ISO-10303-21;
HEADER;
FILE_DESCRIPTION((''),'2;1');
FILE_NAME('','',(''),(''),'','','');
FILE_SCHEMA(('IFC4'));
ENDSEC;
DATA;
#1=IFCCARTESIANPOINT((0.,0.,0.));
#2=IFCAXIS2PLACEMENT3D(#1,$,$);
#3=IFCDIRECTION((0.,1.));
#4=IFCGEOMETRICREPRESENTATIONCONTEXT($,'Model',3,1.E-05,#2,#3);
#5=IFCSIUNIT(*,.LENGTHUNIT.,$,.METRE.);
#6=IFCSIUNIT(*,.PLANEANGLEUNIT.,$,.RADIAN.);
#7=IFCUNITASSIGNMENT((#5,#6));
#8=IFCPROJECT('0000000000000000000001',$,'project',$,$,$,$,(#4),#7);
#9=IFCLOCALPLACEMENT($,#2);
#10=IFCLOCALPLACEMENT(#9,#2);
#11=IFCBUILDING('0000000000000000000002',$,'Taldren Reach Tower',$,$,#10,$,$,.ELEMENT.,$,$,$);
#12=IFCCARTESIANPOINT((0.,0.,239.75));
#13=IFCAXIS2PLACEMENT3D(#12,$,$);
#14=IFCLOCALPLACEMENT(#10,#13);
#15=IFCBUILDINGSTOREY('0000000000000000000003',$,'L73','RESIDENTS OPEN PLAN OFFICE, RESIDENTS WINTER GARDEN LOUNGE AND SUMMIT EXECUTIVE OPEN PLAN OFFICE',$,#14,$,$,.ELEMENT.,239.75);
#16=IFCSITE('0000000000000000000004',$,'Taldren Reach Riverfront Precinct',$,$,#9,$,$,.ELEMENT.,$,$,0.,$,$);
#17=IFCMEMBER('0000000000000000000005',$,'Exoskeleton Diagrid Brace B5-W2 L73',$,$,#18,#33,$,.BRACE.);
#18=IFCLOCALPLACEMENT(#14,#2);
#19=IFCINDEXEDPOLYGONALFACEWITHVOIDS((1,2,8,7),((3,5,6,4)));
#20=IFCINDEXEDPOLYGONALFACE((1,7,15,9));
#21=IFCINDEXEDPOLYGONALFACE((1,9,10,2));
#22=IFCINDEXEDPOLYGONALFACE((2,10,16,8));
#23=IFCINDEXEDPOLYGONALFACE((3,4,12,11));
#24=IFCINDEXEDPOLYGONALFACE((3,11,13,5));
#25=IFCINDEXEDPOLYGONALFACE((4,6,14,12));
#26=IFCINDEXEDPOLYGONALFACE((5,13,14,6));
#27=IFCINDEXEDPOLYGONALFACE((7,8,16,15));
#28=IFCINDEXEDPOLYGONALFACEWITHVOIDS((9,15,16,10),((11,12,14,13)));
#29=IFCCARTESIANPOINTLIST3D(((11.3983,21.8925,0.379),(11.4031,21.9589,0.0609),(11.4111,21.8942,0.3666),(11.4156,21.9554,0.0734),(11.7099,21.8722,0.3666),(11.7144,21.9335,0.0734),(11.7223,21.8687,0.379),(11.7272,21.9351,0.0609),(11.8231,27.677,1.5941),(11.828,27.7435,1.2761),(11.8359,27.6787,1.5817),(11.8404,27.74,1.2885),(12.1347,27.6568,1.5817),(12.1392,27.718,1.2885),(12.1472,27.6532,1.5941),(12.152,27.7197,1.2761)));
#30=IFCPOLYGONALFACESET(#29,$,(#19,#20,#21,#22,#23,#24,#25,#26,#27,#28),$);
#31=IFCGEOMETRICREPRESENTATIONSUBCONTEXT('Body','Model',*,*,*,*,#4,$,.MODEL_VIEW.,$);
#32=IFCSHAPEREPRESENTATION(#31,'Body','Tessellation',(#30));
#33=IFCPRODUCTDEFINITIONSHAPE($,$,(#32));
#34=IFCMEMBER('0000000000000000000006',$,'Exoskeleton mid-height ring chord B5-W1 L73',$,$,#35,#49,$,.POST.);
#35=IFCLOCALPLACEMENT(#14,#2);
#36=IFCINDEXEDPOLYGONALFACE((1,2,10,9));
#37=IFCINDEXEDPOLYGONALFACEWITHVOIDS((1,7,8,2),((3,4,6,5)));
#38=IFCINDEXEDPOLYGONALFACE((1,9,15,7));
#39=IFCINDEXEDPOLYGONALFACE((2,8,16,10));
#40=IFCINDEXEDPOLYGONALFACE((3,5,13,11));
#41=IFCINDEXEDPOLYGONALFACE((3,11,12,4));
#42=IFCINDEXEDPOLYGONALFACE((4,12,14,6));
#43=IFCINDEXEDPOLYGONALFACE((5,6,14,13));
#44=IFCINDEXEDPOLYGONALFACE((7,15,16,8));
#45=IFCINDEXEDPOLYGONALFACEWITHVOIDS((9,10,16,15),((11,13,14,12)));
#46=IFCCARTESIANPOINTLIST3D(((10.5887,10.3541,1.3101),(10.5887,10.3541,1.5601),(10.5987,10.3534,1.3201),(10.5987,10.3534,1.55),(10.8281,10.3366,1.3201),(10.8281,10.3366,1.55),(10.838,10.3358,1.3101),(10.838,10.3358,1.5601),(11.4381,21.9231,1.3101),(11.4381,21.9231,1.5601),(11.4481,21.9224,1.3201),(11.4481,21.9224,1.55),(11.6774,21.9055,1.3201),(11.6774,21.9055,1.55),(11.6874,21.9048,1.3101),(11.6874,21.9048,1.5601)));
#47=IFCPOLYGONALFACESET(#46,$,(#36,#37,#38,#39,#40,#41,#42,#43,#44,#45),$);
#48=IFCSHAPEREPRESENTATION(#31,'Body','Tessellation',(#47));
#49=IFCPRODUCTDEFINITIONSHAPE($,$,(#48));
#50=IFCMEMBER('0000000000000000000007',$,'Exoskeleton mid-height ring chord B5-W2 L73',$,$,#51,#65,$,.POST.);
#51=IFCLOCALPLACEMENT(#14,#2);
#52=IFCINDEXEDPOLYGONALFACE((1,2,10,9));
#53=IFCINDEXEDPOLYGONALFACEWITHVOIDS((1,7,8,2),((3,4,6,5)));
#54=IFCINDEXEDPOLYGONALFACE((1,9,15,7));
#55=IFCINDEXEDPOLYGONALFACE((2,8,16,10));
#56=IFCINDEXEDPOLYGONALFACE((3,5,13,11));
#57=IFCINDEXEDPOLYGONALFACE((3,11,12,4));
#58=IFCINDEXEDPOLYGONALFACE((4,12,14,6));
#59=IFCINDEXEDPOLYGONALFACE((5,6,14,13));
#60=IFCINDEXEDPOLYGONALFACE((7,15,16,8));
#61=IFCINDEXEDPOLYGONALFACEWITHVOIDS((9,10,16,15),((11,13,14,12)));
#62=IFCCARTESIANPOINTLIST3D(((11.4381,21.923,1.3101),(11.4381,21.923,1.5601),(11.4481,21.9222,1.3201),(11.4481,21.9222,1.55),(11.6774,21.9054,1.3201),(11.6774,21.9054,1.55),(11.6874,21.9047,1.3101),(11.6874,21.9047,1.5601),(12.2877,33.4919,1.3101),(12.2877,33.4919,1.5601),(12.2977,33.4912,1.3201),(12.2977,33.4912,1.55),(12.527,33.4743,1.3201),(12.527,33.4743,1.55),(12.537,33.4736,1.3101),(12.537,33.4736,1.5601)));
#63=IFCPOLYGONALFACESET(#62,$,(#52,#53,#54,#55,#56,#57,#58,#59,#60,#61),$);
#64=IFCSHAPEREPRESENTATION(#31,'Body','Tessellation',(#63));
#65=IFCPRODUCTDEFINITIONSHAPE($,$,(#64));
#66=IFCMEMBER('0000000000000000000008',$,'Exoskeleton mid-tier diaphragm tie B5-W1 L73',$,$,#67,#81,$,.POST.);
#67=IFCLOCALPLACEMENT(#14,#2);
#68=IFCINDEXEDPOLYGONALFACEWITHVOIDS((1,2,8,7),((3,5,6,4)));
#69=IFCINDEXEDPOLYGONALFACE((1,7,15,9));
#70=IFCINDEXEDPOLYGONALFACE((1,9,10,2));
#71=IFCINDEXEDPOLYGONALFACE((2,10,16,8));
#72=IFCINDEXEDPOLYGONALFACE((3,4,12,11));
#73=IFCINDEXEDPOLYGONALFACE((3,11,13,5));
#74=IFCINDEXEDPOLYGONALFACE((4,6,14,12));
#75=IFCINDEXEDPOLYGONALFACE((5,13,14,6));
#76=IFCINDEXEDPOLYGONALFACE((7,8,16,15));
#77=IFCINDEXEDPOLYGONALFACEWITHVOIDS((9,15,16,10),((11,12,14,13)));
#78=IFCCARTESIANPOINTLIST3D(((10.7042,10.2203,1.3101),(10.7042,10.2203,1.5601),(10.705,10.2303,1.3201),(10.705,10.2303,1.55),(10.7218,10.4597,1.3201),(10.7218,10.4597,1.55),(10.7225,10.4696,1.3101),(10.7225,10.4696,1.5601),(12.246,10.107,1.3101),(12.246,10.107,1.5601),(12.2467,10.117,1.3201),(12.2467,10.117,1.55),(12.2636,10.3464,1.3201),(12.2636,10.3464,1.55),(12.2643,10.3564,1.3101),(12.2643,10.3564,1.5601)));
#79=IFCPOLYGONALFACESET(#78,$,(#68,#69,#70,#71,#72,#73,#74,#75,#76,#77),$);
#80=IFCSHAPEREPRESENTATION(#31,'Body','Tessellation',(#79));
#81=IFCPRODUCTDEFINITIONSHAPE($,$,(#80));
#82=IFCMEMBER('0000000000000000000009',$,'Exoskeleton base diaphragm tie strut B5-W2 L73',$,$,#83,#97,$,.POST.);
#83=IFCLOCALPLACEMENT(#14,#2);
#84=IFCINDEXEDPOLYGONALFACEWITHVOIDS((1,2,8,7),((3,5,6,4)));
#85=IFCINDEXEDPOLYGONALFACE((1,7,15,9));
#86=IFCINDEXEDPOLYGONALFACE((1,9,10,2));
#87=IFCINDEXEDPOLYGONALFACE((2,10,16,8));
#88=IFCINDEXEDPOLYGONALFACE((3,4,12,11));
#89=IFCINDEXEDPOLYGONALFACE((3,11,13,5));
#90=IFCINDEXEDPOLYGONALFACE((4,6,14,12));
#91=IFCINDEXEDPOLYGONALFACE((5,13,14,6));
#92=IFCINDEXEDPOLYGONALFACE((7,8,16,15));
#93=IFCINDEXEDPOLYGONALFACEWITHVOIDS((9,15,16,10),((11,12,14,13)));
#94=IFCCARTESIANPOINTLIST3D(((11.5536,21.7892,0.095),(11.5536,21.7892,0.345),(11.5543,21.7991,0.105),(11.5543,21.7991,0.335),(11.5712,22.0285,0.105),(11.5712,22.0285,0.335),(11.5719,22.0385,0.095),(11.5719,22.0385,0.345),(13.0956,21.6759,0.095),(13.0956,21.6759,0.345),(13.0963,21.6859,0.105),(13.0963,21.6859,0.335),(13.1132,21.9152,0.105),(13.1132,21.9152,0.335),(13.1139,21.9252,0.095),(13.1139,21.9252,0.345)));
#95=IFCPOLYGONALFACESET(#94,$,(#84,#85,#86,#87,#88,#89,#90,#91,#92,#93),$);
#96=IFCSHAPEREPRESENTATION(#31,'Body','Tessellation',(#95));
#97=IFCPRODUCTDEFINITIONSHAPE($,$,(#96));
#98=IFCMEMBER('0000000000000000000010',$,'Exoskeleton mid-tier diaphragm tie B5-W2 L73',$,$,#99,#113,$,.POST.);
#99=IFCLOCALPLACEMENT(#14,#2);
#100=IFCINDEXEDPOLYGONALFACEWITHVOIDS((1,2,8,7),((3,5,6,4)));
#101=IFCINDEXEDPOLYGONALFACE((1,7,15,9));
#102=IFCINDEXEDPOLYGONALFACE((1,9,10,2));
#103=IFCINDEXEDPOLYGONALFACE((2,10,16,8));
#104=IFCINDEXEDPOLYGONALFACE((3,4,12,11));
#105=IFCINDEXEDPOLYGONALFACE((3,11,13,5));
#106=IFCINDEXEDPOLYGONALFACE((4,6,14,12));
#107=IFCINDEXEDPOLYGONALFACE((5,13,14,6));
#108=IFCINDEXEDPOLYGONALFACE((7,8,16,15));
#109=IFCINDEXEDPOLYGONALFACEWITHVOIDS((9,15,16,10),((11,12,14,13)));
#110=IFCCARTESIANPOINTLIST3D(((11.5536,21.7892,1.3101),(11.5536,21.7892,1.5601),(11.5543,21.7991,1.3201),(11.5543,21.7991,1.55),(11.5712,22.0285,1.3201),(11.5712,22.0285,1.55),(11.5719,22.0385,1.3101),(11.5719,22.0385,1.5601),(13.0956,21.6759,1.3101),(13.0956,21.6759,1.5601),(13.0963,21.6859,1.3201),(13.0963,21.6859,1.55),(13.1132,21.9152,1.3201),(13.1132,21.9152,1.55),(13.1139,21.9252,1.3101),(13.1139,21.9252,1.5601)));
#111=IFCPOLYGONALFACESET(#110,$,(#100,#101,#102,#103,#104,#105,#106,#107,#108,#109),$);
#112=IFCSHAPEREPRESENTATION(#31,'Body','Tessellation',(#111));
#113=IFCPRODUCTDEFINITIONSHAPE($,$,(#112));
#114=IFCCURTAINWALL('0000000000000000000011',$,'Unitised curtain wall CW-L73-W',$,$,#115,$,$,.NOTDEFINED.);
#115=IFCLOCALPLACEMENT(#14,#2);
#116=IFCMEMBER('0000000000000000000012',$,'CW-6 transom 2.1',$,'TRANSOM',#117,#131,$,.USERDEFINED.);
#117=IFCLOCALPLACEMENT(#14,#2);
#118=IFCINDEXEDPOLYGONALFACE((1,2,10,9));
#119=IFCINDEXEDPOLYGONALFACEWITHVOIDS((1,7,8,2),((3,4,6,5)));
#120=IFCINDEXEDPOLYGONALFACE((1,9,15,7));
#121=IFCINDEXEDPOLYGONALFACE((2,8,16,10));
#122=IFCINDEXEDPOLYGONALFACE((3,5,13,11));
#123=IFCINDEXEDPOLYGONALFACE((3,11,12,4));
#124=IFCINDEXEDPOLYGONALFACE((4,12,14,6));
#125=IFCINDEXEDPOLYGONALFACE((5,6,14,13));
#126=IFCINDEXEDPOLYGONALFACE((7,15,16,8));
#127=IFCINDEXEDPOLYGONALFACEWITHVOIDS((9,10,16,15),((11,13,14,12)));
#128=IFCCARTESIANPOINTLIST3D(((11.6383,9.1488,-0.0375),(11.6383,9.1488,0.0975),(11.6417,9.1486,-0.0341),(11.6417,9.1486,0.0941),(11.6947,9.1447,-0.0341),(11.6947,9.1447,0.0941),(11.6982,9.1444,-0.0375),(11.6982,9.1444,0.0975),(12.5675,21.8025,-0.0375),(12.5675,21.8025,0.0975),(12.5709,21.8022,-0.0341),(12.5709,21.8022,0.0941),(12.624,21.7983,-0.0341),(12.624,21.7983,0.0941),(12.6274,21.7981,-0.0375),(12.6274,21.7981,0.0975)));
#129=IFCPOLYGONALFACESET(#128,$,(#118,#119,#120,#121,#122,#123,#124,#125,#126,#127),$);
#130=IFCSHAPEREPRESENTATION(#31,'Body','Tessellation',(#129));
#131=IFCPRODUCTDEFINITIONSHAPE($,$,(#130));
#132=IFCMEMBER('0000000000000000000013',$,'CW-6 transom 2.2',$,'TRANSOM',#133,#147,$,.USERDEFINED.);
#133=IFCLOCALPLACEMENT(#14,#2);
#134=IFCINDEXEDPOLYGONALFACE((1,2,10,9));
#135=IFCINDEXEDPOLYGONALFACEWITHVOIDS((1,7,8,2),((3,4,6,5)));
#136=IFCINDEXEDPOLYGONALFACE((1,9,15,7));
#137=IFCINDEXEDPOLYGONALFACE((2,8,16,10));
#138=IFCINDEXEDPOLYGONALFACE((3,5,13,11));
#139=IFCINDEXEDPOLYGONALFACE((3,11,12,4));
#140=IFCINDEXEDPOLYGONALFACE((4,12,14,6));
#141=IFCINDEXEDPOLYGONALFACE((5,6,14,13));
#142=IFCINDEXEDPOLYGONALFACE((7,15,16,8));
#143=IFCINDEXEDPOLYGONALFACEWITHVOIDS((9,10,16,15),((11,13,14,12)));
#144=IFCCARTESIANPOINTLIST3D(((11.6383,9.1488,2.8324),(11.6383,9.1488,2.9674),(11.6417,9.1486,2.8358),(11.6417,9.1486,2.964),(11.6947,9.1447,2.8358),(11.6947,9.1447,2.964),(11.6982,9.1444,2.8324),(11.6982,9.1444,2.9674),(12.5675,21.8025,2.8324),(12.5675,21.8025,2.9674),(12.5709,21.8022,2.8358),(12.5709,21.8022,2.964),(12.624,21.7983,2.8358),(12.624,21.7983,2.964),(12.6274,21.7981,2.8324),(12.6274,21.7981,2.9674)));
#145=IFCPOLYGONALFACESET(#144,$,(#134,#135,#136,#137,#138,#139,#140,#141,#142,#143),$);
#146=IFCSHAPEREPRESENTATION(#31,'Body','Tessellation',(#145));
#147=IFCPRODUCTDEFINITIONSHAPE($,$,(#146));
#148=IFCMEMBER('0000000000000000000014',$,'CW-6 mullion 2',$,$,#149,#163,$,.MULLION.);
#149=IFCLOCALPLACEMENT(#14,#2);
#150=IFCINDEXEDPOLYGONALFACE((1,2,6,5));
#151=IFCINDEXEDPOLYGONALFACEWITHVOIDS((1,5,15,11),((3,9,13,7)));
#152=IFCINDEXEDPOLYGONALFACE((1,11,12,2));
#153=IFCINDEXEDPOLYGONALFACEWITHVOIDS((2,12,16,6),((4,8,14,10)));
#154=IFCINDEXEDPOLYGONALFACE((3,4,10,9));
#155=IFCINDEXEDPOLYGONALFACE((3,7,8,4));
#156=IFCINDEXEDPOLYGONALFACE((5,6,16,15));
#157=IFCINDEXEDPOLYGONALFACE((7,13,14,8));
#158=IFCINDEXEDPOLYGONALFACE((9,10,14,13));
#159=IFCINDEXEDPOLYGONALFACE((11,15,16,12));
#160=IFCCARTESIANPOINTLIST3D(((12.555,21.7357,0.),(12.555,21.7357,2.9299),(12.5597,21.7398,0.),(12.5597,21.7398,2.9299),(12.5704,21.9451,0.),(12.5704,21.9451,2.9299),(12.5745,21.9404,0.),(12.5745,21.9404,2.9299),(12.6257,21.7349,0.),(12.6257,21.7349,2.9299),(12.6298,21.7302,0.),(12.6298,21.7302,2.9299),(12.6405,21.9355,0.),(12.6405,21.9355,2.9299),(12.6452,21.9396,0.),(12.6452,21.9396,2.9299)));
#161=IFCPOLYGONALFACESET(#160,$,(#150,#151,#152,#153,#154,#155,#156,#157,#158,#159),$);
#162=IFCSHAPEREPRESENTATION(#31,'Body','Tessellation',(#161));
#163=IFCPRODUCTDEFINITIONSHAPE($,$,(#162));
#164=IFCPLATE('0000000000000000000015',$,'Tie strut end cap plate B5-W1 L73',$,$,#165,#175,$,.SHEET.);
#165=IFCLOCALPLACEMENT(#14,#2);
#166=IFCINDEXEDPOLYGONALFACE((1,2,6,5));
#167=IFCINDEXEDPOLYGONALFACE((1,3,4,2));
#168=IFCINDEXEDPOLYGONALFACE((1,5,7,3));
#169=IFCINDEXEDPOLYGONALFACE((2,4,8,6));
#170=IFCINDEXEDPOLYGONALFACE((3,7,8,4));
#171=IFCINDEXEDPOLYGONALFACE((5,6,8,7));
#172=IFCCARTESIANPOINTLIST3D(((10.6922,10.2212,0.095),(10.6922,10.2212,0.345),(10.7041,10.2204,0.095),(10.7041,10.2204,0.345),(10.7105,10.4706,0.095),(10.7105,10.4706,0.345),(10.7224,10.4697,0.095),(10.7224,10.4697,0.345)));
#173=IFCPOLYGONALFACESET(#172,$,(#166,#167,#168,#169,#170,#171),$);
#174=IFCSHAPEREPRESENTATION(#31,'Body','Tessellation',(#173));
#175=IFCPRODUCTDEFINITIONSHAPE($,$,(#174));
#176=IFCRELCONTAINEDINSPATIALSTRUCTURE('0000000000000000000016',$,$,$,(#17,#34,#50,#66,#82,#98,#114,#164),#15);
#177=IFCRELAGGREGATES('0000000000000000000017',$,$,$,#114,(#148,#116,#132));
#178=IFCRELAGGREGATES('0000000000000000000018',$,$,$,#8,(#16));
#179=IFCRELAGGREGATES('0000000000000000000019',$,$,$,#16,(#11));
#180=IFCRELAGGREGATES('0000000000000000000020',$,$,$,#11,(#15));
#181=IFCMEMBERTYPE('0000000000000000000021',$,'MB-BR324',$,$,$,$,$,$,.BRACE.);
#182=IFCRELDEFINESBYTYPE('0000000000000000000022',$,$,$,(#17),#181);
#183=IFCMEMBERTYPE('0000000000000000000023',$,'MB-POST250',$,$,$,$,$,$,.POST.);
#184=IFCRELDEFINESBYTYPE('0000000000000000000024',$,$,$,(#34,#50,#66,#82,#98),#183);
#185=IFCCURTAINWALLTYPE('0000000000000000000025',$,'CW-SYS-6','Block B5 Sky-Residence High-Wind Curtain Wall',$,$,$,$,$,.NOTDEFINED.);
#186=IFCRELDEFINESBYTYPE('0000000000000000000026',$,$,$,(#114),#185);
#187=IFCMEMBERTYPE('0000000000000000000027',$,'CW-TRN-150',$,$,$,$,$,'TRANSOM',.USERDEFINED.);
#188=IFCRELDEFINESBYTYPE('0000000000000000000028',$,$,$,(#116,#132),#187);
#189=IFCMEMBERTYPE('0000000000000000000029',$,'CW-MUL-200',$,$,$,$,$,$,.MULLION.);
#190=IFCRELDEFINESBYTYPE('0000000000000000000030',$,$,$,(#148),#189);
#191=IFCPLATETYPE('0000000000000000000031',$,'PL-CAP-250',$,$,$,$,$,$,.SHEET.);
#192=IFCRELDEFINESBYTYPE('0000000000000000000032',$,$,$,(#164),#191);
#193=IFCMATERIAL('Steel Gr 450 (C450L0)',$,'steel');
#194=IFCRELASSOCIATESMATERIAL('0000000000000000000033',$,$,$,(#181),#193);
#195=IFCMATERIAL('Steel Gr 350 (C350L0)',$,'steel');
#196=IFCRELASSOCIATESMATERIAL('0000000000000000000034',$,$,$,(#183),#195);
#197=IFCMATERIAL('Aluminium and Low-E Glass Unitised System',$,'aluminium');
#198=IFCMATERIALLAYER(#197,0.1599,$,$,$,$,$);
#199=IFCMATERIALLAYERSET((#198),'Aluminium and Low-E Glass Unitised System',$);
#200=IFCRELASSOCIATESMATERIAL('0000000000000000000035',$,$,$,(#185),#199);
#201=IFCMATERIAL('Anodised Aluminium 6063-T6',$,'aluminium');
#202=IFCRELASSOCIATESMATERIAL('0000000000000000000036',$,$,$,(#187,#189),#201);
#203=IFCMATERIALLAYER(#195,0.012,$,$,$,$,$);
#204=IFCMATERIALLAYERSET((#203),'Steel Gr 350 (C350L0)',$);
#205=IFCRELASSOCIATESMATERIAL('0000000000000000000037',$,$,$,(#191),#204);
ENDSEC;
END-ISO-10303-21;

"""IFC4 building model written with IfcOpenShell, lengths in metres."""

from ifc_helpers import new_model, si_unit, direction, frame, origin, origin_2d, place, context, subcontext, project, spatial, rectangle, hollow_rectangle, extrude, source, transform, mapped, material, layer, layer_set, material_profile, profile_set, type_object, element, aggregate, save


model = new_model("IFC4")

# Units and contexts
model_context = context("Model", 3, precision=1e-05, world=origin(), true_north=direction((0.0, 1.0)))
body_context = subcontext(model_context, "Body", "Model", "MODEL_VIEW")
ifc_project = project(units=[si_unit("LENGTHUNIT", "METRE"), si_unit("PLANEANGLEUNIT", "RADIAN")], contexts=[model_context])

# Site, building, storey
site_placement = place(None, origin())
site = spatial("IfcSite", under=ifc_project, at=site_placement, Name="Taldren Reach Riverfront Precinct", CompositionType="ELEMENT", RefElevation=0.0)
building_placement = place(site_placement, origin())
building = spatial("IfcBuilding", under=site, at=building_placement, Name="Taldren Reach Tower", CompositionType="ELEMENT")
storey_placement = place(building_placement, frame((0.0, 0.0, 239.75)))
storey = spatial("IfcBuildingStorey", under=building, at=storey_placement, Name="L73", Description="RESIDENTS OPEN PLAN OFFICE, RESIDENTS WINTER GARDEN LOUNGE AND SUMMIT EXECUTIVE OPEN PLAN OFFICE", CompositionType="ELEMENT", Elevation=239.75)

# Shared definitions
ifc_material_1 = material(Name="Steel Gr 450 (C450L0)", Category="steel")

# Members
ifc_material_profile_1 = material_profile(ifc_material_1, hollow_rectangle(XDim=0.325, YDim=0.325, WallThickness=0.0127, at=origin_2d()), Name="325x325x12.7SHS")
ifc_profile_set_1 = profile_set([ifc_material_profile_1], Name="Steel Gr 450 (C450L0)")
member_type_1 = type_object("IfcMemberType", Name="MB-BR324", PredefinedType="BRACE", material=ifc_profile_set_1)
shared_shape_1 = source(origin(), body_context, "Body", "SweptSolid", [
    extrude(hollow_rectangle(XDim=0.325, YDim=0.325, WallThickness=0.0127, at=origin_2d()), origin(), (0.0, 0.0, 1.0), 5.926),
])
for number, where, z_axis, x_axis, name in (
    (1, (11.5627, 21.9138, 0.22), (0.071686, 0.976123, 0.205046), (-0.997314, 0.073242, 0.0), "Exoskeleton Diagrid Brace B5-W2 L73"),
):
    element("IfcMember", number, at=place(storey_placement, frame(where, z_axis=z_axis, x_axis=x_axis)), inside=storey, type_object=member_type_1, Name=name, PredefinedType="BRACE", context=body_context, shape_type="MappedRepresentation", body=[
        mapped(shared_shape_1, transform((0.0, 0.0, 0.0), scale=1.0)),
    ])
ifc_material_2 = material(Name="Steel Gr 350 (C350L0)", Category="steel")
ifc_material_profile_2 = material_profile(ifc_material_2, hollow_rectangle(XDim=0.25, YDim=0.25, WallThickness=0.01, at=origin_2d()), Name="250x250x10.0SHS")
ifc_profile_set_2 = profile_set([ifc_material_profile_2], Name="Steel Gr 350 (C350L0)")
member_type_2 = type_object("IfcMemberType", Name="MB-POST250", PredefinedType="POST", material=ifc_profile_set_2)
shared_shape_2 = source(origin(), body_context, "Body", "SweptSolid", [
    extrude(hollow_rectangle(XDim=0.25, YDim=0.25, WallThickness=0.01, at=origin_2d()), origin(), (0.0, 0.0, 1.0), 11.6001),
])
for number, where, z_axis, x_axis, name in (
    (2, (10.7134, 10.345, 1.4351), (0.073221, 0.997316, 0.0), (-0.997316, 0.073221, 0.0), "Exoskeleton mid-height ring chord B5-W1 L73"),
    (3, (11.5627, 21.9138, 1.4351), (0.073242, 0.997314, 0.0), (-0.997314, 0.073242, 0.0), "Exoskeleton mid-height ring chord B5-W2 L73"),
):
    element("IfcMember", number, at=place(storey_placement, frame(where, z_axis=z_axis, x_axis=x_axis)), inside=storey, type_object=member_type_2, Name=name, PredefinedType="POST", context=body_context, shape_type="MappedRepresentation", body=[
        mapped(shared_shape_2, transform((0.0, 0.0, 0.0), scale=1.0)),
    ])
shared_shape_3 = source(origin(), body_context, "Body", "SweptSolid", [
    extrude(hollow_rectangle(XDim=0.25, YDim=0.25, WallThickness=0.01, at=origin_2d()), origin(), (0.0, 0.0, 1.0), 1.5459),
])
member_1_placement = place(storey_placement, frame((12.2551, 10.2317, 1.4351), z_axis=(-0.997312, 0.073278, 0.0), x_axis=(-0.073278, -0.997312, 0.0)))
element("IfcMember", 4, at=member_1_placement, inside=storey, type_object=member_type_2, Name="Exoskeleton mid-tier diaphragm tie B5-W1 L73", PredefinedType="POST", context=body_context, shape_type="MappedRepresentation", body=[
    mapped(shared_shape_3, transform((0.0, 0.0, 0.0), scale=1.0)),
])
shared_shape_4 = source(origin(), body_context, "Body", "SweptSolid", [
    extrude(hollow_rectangle(XDim=0.25, YDim=0.25, WallThickness=0.01, at=origin_2d()), origin(), (0.0, 0.0, 1.0), 1.5461),
])
for number, where, z_axis, x_axis, name in (
    (5, (13.1047, 21.8005, 0.22), (-0.997312, 0.073267, 0.0), (-0.073267, -0.997312, 0.0), "Exoskeleton base diaphragm tie strut B5-W2 L73"),
    (6, (13.1047, 21.8005, 1.4351), (-0.997312, 0.073267, 0.0), (-0.073267, -0.997312, 0.0), "Exoskeleton mid-tier diaphragm tie B5-W2 L73"),
):
    element("IfcMember", number, at=place(storey_placement, frame(where, z_axis=z_axis, x_axis=x_axis)), inside=storey, type_object=member_type_2, Name=name, PredefinedType="POST", context=body_context, shape_type="MappedRepresentation", body=[
        mapped(shared_shape_4, transform((0.0, 0.0, 0.0), scale=1.0)),
    ])

# Curtain wall, members
ifc_material_3 = material(Name="Aluminium and Low-E Glass Unitised System", Category="aluminium")
ifc_layer_1 = layer(ifc_material_3, 0.1599)
ifc_layer_set_1 = layer_set([ifc_layer_1], Name="Aluminium and Low-E Glass Unitised System")
curtain_wall_type = type_object("IfcCurtainWallType", Name="CW-SYS-6", Description="Block B5 Sky-Residence High-Wind Curtain Wall", PredefinedType="NOTDEFINED", material=ifc_layer_set_1)
curtain_wall_placement = place(storey_placement, origin())
curtain_wall = element("IfcCurtainWall", 7, at=curtain_wall_placement, inside=storey, type_object=curtain_wall_type, Name="Unitised curtain wall CW-L73-W", PredefinedType="NOTDEFINED")
ifc_material_4 = material(Name="Anodised Aluminium 6063-T6", Category="aluminium")
ifc_material_profile_3 = material_profile(ifc_material_4, hollow_rectangle(XDim=0.0601, YDim=0.135, WallThickness=0.0034, at=origin_2d()), Name="ALU-135x60x3.5RHS")
ifc_profile_set_3 = profile_set([ifc_material_profile_3], Name="Anodised Aluminium 6063-T6")
member_type_3 = type_object("IfcMemberType", Name="CW-TRN-150", ElementType="TRANSOM", PredefinedType="USERDEFINED", material=ifc_profile_set_3)
shared_shape_5 = source(origin(), body_context, "Body", "SweptSolid", [
    extrude(hollow_rectangle(XDim=0.0601, YDim=0.135, WallThickness=0.0034, at=origin_2d()), origin(), (0.0, 0.0, 1.0), 12.6877),
])
member_2_placement = place(storey_placement, frame((12.5974, 21.8003, 0.03), z_axis=(-0.073237, -0.997315, 0.0), x_axis=(0.997315, -0.073237, 0.0)))
member_2 = element("IfcMember", 8, at=member_2_placement, type_object=member_type_3, Name="CW-6 transom 2.1", ObjectType="TRANSOM", PredefinedType="USERDEFINED", context=body_context, shape_type="MappedRepresentation", body=[
    mapped(shared_shape_5, transform((0.0, 0.0, 0.0), scale=1.0)),
])
member_3_placement = place(storey_placement, frame((12.5974, 21.8003, 2.8999), z_axis=(-0.073237, -0.997315, 0.0), x_axis=(0.997315, -0.073237, 0.0)))
member_3 = element("IfcMember", 9, at=member_3_placement, type_object=member_type_3, Name="CW-6 transom 2.2", ObjectType="TRANSOM", PredefinedType="USERDEFINED", context=body_context, shape_type="MappedRepresentation", body=[
    mapped(shared_shape_5, transform((0.0, 0.0, 0.0), scale=1.0)),
])
ifc_material_profile_4 = material_profile(ifc_material_4, hollow_rectangle(XDim=0.075, YDim=0.21, WallThickness=0.0044, at=origin_2d()), Name="ALU-210x75x4.5RHS")
ifc_profile_set_4 = profile_set([ifc_material_profile_4], Name="Anodised Aluminium 6063-T6")
member_type_4 = type_object("IfcMemberType", Name="CW-MUL-200", PredefinedType="MULLION", material=ifc_profile_set_4)
shared_shape_6 = source(origin(), body_context, "Body", "SweptSolid", [
    extrude(hollow_rectangle(XDim=0.075, YDim=0.21, WallThickness=0.0044, at=origin_2d()), origin(), (0.0, 0.0, 1.0), 2.9299),
])
member_4_placement = place(storey_placement, frame((12.6001, 21.8376, 0.0), z_axis=(0.0, 0.0, 1.0), x_axis=(0.997314, -0.073238, 0.0)))
member_4 = element("IfcMember", 10, at=member_4_placement, type_object=member_type_4, Name="CW-6 mullion 2", PredefinedType="MULLION", context=body_context, shape_type="MappedRepresentation", body=[
    mapped(shared_shape_6, transform((0.0, 0.0, 0.0), scale=1.0)),
])

# Plate
ifc_layer_2 = layer(ifc_material_2, 0.012)
ifc_layer_set_2 = layer_set([ifc_layer_2], Name="Steel Gr 350 (C350L0)")
plate_type_1 = type_object("IfcPlateType", Name="PL-CAP-250", PredefinedType="SHEET", material=ifc_layer_set_2)
shared_shape_7 = source(origin(), body_context, "Body", "SweptSolid", [
    extrude(rectangle(XDim=0.012, YDim=0.25, at=origin_2d()), origin(), (0.0, 0.0, 1.0), 0.25),
])
plate_1_placement = place(storey_placement, frame((10.7073, 10.3455, 0.095), z_axis=(0.0, 0.0, 1.0), x_axis=(0.997314, -0.073238, 0.0)))
element("IfcPlate", 11, at=plate_1_placement, inside=storey, type_object=plate_type_1, Name="Tie strut end cap plate B5-W1 L73", PredefinedType="SHEET", context=body_context, shape_type="MappedRepresentation", body=[
    mapped(shared_shape_7, transform((0.0, 0.0, 0.0), scale=1.0)),
])

aggregate(curtain_wall, [member_4, member_2, member_3])

save(model, "model.ifc")
